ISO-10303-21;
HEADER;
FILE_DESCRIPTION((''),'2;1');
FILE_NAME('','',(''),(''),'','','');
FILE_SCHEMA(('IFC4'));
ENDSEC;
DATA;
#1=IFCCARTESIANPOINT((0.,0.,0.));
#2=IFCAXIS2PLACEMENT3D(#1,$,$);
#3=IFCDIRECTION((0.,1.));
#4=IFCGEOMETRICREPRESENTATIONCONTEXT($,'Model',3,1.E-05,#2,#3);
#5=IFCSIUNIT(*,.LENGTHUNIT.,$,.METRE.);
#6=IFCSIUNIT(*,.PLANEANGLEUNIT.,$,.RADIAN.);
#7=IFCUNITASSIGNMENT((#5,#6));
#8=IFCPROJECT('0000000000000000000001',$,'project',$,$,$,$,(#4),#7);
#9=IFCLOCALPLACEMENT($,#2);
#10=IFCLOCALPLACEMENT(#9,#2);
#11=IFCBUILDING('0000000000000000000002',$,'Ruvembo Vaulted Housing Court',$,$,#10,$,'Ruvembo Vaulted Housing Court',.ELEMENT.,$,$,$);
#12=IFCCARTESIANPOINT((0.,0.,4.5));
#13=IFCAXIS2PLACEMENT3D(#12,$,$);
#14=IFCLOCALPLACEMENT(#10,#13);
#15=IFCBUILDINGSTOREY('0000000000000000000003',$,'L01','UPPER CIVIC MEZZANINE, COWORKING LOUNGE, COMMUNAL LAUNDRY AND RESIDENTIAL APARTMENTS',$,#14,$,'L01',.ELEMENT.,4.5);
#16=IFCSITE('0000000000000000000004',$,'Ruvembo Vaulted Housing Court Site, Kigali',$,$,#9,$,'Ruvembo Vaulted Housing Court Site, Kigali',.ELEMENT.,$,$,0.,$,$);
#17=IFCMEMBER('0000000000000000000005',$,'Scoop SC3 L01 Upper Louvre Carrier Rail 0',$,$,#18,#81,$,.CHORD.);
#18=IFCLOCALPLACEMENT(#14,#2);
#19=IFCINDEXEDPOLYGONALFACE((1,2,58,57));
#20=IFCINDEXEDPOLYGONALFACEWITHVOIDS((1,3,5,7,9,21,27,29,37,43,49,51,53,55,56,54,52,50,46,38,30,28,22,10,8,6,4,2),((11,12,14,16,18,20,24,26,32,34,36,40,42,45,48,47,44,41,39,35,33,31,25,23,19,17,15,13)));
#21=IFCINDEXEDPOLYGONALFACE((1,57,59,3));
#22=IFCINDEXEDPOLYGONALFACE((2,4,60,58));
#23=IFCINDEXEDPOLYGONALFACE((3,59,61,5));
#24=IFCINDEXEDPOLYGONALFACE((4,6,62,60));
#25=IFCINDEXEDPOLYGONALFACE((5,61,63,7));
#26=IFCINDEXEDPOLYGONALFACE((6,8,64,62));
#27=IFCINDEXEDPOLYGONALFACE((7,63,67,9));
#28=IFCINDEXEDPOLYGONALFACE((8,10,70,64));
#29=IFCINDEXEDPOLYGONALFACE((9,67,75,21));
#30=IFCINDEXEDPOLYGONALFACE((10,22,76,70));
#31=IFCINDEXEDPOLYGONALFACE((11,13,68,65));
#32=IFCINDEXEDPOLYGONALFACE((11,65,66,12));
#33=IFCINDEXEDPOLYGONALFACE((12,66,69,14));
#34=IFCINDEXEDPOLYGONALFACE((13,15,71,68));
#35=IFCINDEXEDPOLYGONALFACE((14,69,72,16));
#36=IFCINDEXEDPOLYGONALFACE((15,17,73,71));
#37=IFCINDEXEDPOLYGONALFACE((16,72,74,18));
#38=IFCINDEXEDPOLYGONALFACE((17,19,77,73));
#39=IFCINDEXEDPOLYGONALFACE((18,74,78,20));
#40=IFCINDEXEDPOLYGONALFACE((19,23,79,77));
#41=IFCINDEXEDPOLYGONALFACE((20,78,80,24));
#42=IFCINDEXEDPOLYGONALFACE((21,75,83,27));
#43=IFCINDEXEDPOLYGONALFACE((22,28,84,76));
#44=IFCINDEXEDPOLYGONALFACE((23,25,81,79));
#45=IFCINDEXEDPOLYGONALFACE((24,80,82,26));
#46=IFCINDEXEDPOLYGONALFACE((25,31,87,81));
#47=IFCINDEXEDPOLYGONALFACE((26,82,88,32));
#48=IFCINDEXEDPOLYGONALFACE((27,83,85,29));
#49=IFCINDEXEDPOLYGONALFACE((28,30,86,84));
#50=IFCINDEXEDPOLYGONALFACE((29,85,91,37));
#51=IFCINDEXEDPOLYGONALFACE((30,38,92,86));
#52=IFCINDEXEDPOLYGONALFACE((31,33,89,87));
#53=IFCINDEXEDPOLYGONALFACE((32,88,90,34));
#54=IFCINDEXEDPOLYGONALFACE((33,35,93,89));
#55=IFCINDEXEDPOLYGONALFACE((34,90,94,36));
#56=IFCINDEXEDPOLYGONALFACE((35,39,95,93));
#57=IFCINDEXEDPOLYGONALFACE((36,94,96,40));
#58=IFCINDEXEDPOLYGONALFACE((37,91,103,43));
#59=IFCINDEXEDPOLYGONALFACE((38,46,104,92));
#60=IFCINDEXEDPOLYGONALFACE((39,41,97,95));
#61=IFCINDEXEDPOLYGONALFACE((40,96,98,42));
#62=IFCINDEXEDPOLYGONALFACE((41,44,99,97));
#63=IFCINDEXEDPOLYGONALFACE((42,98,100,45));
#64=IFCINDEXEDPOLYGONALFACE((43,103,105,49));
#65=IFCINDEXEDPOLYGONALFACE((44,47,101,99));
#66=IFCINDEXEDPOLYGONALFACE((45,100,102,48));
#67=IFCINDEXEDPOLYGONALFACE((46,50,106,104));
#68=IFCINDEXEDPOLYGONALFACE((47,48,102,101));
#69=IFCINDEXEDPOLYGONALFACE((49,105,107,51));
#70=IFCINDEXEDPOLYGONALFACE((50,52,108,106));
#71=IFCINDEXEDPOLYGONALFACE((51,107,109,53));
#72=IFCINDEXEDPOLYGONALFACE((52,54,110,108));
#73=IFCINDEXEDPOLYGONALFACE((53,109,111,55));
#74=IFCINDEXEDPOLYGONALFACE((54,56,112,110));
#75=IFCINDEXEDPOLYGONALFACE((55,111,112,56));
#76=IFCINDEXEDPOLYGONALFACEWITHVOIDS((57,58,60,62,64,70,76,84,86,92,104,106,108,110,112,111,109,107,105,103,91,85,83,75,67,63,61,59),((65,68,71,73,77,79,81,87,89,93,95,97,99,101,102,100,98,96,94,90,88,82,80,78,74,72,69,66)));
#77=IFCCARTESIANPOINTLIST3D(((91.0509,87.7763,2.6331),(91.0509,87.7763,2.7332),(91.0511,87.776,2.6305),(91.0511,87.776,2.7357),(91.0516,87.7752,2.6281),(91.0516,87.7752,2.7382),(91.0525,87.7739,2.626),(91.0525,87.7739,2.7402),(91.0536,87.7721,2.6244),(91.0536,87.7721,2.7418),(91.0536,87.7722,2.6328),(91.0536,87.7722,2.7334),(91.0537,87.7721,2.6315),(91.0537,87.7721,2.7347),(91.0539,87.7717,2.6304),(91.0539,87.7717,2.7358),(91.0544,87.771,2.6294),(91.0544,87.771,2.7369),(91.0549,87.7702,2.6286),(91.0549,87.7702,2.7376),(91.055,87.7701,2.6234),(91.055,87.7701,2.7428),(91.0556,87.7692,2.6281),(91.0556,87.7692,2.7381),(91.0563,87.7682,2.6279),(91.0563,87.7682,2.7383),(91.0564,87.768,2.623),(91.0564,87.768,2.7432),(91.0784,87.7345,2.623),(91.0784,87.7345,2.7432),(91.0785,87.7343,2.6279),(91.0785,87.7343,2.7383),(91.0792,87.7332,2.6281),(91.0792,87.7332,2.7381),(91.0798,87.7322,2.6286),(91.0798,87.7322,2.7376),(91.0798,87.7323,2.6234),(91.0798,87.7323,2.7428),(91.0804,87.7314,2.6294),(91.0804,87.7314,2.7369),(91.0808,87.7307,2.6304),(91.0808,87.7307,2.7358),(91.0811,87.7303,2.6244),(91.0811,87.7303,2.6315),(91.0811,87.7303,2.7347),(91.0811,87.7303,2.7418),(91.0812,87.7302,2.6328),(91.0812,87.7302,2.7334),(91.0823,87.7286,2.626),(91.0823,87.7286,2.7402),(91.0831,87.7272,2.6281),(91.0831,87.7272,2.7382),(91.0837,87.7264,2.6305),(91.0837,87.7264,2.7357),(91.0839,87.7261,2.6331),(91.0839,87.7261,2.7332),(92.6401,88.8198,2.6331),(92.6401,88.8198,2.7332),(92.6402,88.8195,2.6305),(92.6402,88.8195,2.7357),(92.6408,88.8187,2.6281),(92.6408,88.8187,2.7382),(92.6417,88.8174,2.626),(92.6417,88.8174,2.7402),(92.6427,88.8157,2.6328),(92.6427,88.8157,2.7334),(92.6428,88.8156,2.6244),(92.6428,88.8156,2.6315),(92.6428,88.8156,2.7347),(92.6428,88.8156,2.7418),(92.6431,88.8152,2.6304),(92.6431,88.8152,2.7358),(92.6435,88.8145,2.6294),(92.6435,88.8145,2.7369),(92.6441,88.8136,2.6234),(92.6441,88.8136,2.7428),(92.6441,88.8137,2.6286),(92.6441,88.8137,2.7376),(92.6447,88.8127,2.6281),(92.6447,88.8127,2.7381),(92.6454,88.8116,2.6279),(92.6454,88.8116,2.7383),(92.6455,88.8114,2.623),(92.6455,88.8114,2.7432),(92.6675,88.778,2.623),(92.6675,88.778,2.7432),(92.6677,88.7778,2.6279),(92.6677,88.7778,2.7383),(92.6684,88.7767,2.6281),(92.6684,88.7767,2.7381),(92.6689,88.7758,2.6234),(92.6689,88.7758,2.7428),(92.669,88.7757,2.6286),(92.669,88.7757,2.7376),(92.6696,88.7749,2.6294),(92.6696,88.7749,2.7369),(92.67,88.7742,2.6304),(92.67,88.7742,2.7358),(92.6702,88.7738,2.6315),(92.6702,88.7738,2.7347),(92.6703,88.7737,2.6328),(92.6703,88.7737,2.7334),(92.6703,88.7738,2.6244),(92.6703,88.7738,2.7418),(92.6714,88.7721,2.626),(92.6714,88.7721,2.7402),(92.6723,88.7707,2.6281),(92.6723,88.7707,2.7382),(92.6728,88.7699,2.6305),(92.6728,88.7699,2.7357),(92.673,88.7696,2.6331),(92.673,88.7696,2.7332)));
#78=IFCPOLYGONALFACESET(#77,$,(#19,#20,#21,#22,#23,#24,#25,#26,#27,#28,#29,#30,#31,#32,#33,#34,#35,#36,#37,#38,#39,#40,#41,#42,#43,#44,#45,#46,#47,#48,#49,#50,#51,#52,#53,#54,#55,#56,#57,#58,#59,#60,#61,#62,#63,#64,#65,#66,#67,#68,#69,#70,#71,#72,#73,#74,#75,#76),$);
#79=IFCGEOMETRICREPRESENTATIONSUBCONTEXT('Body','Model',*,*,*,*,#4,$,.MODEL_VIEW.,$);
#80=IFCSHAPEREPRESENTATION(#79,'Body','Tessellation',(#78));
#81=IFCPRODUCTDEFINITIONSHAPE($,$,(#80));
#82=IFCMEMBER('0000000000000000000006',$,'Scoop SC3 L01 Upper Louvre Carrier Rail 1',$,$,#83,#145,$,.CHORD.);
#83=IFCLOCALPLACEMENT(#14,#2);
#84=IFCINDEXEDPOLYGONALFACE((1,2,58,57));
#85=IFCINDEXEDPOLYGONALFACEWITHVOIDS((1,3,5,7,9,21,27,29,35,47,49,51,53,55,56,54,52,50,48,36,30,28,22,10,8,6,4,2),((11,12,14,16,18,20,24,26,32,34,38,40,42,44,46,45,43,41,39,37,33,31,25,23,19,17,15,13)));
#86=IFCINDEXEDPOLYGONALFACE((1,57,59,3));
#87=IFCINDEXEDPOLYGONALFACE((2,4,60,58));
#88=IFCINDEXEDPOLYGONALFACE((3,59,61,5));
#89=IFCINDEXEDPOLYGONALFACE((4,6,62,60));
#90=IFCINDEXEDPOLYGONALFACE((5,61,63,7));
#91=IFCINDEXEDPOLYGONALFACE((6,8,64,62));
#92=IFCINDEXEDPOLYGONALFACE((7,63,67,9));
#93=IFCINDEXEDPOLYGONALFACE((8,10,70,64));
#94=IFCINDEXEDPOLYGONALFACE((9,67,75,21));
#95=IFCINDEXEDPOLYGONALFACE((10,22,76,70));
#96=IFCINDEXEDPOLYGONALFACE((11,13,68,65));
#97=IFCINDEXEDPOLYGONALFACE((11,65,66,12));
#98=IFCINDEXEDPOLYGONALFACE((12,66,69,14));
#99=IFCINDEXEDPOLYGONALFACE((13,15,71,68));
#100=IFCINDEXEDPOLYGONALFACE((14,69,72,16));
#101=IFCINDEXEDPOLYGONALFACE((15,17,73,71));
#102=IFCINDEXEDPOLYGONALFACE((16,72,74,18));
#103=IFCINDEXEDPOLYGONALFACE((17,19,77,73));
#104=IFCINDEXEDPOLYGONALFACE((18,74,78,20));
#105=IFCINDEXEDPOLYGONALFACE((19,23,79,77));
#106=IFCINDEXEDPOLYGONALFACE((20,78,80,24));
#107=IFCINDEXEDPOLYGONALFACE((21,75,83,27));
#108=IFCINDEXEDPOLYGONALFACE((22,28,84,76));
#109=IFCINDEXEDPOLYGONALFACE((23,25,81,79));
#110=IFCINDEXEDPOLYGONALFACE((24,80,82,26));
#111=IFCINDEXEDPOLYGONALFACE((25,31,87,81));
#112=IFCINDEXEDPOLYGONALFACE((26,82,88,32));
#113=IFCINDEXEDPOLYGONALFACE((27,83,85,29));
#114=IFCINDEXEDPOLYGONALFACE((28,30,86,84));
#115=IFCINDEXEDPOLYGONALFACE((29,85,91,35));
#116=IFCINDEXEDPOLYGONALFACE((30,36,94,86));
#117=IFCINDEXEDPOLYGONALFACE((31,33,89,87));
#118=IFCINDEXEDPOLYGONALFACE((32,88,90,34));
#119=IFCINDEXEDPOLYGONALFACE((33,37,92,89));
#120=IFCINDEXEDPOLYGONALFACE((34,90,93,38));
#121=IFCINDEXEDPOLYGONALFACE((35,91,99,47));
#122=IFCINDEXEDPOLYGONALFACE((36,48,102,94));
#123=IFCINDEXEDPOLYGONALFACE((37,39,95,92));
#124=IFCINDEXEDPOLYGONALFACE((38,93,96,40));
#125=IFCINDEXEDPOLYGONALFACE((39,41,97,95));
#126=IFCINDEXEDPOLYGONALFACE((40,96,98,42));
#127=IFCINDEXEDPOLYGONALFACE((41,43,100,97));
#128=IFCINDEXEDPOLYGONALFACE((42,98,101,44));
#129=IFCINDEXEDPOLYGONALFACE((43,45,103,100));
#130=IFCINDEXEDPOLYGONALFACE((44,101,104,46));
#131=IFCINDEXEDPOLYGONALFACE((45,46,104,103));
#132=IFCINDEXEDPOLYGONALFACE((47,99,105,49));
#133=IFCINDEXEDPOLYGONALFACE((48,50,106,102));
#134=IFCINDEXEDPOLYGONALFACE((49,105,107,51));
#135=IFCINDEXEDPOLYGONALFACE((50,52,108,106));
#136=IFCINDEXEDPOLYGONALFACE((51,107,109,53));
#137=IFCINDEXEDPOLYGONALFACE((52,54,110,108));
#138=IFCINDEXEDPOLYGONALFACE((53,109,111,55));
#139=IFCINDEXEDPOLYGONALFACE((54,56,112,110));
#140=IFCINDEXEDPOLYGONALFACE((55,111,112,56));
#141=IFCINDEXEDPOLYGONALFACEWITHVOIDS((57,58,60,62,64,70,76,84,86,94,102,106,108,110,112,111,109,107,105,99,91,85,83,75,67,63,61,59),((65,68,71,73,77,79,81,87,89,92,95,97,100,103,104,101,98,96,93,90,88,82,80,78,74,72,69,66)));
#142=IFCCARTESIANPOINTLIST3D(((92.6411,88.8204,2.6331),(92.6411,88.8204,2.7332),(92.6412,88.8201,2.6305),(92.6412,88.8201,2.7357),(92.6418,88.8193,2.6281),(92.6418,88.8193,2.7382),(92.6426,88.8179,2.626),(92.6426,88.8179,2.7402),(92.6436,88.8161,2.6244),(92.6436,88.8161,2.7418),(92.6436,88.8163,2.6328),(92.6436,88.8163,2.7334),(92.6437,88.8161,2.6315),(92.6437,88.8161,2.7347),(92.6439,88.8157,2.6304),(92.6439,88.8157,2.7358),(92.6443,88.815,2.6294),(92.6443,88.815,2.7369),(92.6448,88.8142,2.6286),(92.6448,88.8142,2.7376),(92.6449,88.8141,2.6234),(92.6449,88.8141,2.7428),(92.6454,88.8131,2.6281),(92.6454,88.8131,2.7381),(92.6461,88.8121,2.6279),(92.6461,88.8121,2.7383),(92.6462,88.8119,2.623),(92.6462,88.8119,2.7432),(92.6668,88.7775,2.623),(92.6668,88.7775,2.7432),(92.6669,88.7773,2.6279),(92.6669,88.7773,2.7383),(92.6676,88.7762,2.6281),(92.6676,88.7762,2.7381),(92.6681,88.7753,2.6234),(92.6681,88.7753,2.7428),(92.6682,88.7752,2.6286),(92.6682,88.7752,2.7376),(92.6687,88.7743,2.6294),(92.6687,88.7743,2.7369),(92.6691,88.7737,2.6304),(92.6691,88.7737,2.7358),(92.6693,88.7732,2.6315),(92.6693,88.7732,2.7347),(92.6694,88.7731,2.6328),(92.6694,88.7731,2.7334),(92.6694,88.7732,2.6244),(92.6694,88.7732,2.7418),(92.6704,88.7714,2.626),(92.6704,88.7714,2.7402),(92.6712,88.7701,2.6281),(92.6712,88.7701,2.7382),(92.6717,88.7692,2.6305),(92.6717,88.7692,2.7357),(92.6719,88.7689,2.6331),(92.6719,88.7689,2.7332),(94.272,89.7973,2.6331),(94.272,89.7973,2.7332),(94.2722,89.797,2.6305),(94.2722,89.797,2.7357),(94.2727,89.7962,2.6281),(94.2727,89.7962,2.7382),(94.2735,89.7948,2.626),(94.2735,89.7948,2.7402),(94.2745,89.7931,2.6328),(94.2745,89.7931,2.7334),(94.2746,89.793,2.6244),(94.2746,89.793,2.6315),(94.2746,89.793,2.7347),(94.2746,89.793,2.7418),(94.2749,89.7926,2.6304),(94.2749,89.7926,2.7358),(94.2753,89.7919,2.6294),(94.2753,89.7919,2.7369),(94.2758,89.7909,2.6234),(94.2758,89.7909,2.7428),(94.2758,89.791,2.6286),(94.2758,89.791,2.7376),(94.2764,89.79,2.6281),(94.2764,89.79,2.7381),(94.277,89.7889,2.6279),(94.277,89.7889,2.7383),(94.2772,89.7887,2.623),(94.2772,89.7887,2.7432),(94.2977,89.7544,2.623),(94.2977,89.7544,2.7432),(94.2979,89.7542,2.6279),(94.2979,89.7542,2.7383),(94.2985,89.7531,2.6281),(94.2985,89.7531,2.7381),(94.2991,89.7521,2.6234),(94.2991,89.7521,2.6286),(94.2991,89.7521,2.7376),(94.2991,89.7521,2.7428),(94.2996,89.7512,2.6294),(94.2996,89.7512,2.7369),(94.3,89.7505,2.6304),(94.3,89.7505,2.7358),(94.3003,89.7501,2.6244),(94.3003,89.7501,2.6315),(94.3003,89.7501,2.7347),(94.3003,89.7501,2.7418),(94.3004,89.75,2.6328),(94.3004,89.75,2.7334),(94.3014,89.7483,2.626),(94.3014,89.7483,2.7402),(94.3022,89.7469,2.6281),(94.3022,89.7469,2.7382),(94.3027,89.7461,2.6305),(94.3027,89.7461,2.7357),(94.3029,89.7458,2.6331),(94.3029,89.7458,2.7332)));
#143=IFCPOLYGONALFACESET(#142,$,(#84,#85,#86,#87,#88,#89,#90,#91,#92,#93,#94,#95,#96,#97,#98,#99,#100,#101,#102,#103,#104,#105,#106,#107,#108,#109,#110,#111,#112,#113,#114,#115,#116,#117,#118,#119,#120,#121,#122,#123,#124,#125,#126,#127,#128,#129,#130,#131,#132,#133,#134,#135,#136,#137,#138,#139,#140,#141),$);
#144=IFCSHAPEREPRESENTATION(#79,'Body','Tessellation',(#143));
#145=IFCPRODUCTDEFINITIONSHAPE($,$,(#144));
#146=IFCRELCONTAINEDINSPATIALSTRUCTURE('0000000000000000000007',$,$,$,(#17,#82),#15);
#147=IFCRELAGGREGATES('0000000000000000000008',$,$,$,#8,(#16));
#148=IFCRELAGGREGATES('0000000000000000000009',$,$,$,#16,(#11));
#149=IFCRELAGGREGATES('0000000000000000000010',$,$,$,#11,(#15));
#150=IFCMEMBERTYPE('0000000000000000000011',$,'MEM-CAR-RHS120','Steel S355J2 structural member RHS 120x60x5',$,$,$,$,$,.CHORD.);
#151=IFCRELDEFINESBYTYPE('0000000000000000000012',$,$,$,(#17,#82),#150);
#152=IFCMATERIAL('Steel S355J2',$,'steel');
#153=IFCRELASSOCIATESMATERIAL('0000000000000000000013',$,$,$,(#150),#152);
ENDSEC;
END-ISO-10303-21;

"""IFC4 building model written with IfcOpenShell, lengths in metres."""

from ifc_helpers import new_model, si_unit, direction, frame, origin, origin_2d, place, context, subcontext, project, spatial, hollow_rectangle, extrude, material, material_profile, profile_set, type_object, element, save


model = new_model("IFC4")

# Units and contexts
model_context = context("Model", 3, precision=1e-05, world=origin(), true_north=direction((0.0, 1.0)))
body_context = subcontext(model_context, "Body", "Model", "MODEL_VIEW")
ifc_project = project(units=[si_unit("LENGTHUNIT", "METRE"), si_unit("PLANEANGLEUNIT", "RADIAN")], contexts=[model_context])

# Site, building, storey
site_placement = place(None, origin())
site = spatial("IfcSite", under=ifc_project, at=site_placement, Name="Ruvembo Vaulted Housing Court Site, Kigali", LongName="Ruvembo Vaulted Housing Court Site, Kigali", CompositionType="ELEMENT", RefElevation=0.0)
building_placement = place(site_placement, origin())
building = spatial("IfcBuilding", under=site, at=building_placement, Name="Ruvembo Vaulted Housing Court", LongName="Ruvembo Vaulted Housing Court", CompositionType="ELEMENT")
storey_placement = place(building_placement, frame((0.0, 0.0, 4.5)))
storey = spatial("IfcBuildingStorey", under=building, at=storey_placement, Name="L01", Description="UPPER CIVIC MEZZANINE, COWORKING LOUNGE, COMMUNAL LAUNDRY AND RESIDENTIAL APARTMENTS", LongName="L01", CompositionType="ELEMENT", Elevation=4.5)

# Shared definitions
ifc_material_1 = material(Name="Steel S355J2", Category="steel")

# Members
ifc_material_profile_1 = material_profile(ifc_material_1, hollow_rectangle(XDim=0.0601, YDim=0.1201, WallThickness=0.0049, InnerFilletRadius=0.0049, OuterFilletRadius=0.01, at=origin_2d()), Name="RHS 120x60x5")
ifc_profile_set_1 = profile_set([ifc_material_profile_1], Name="Steel S355J2")
member_type_1 = type_object("IfcMemberType", Name="MEM-CAR-RHS120", Description="Steel S355J2 structural member RHS 120x60x5", PredefinedType="CHORD", material=ifc_profile_set_1)
for number, where, z_axis, x_axis, name in (
    (1, (91.0674, 87.7512, 2.6831), (0.835902, 0.548878, 0.0), (-0.548878, 0.835902, 0.0), "Scoop SC3 L01 Upper Louvre Carrier Rail 0"),
    (2, (92.6565, 88.7947, 2.6831), (0.857889, 0.513835, 0.0), (-0.513835, 0.857889, 0.0), "Scoop SC3 L01 Upper Louvre Carrier Rail 1"),
):
    element("IfcMember", number, at=place(storey_placement, frame(where, z_axis=z_axis, x_axis=x_axis)), inside=storey, type_object=member_type_1, Name=name, PredefinedType="CHORD", context=body_context, shape_type="SweptSolid", body=[
        extrude(hollow_rectangle(XDim=0.0601, YDim=0.1201, WallThickness=0.0049, InnerFilletRadius=0.0049, OuterFilletRadius=0.01, at=origin_2d()), origin(), (0.0, 0.0, 1.0), 1.9011),
    ])

save(model, "model.ifc")
